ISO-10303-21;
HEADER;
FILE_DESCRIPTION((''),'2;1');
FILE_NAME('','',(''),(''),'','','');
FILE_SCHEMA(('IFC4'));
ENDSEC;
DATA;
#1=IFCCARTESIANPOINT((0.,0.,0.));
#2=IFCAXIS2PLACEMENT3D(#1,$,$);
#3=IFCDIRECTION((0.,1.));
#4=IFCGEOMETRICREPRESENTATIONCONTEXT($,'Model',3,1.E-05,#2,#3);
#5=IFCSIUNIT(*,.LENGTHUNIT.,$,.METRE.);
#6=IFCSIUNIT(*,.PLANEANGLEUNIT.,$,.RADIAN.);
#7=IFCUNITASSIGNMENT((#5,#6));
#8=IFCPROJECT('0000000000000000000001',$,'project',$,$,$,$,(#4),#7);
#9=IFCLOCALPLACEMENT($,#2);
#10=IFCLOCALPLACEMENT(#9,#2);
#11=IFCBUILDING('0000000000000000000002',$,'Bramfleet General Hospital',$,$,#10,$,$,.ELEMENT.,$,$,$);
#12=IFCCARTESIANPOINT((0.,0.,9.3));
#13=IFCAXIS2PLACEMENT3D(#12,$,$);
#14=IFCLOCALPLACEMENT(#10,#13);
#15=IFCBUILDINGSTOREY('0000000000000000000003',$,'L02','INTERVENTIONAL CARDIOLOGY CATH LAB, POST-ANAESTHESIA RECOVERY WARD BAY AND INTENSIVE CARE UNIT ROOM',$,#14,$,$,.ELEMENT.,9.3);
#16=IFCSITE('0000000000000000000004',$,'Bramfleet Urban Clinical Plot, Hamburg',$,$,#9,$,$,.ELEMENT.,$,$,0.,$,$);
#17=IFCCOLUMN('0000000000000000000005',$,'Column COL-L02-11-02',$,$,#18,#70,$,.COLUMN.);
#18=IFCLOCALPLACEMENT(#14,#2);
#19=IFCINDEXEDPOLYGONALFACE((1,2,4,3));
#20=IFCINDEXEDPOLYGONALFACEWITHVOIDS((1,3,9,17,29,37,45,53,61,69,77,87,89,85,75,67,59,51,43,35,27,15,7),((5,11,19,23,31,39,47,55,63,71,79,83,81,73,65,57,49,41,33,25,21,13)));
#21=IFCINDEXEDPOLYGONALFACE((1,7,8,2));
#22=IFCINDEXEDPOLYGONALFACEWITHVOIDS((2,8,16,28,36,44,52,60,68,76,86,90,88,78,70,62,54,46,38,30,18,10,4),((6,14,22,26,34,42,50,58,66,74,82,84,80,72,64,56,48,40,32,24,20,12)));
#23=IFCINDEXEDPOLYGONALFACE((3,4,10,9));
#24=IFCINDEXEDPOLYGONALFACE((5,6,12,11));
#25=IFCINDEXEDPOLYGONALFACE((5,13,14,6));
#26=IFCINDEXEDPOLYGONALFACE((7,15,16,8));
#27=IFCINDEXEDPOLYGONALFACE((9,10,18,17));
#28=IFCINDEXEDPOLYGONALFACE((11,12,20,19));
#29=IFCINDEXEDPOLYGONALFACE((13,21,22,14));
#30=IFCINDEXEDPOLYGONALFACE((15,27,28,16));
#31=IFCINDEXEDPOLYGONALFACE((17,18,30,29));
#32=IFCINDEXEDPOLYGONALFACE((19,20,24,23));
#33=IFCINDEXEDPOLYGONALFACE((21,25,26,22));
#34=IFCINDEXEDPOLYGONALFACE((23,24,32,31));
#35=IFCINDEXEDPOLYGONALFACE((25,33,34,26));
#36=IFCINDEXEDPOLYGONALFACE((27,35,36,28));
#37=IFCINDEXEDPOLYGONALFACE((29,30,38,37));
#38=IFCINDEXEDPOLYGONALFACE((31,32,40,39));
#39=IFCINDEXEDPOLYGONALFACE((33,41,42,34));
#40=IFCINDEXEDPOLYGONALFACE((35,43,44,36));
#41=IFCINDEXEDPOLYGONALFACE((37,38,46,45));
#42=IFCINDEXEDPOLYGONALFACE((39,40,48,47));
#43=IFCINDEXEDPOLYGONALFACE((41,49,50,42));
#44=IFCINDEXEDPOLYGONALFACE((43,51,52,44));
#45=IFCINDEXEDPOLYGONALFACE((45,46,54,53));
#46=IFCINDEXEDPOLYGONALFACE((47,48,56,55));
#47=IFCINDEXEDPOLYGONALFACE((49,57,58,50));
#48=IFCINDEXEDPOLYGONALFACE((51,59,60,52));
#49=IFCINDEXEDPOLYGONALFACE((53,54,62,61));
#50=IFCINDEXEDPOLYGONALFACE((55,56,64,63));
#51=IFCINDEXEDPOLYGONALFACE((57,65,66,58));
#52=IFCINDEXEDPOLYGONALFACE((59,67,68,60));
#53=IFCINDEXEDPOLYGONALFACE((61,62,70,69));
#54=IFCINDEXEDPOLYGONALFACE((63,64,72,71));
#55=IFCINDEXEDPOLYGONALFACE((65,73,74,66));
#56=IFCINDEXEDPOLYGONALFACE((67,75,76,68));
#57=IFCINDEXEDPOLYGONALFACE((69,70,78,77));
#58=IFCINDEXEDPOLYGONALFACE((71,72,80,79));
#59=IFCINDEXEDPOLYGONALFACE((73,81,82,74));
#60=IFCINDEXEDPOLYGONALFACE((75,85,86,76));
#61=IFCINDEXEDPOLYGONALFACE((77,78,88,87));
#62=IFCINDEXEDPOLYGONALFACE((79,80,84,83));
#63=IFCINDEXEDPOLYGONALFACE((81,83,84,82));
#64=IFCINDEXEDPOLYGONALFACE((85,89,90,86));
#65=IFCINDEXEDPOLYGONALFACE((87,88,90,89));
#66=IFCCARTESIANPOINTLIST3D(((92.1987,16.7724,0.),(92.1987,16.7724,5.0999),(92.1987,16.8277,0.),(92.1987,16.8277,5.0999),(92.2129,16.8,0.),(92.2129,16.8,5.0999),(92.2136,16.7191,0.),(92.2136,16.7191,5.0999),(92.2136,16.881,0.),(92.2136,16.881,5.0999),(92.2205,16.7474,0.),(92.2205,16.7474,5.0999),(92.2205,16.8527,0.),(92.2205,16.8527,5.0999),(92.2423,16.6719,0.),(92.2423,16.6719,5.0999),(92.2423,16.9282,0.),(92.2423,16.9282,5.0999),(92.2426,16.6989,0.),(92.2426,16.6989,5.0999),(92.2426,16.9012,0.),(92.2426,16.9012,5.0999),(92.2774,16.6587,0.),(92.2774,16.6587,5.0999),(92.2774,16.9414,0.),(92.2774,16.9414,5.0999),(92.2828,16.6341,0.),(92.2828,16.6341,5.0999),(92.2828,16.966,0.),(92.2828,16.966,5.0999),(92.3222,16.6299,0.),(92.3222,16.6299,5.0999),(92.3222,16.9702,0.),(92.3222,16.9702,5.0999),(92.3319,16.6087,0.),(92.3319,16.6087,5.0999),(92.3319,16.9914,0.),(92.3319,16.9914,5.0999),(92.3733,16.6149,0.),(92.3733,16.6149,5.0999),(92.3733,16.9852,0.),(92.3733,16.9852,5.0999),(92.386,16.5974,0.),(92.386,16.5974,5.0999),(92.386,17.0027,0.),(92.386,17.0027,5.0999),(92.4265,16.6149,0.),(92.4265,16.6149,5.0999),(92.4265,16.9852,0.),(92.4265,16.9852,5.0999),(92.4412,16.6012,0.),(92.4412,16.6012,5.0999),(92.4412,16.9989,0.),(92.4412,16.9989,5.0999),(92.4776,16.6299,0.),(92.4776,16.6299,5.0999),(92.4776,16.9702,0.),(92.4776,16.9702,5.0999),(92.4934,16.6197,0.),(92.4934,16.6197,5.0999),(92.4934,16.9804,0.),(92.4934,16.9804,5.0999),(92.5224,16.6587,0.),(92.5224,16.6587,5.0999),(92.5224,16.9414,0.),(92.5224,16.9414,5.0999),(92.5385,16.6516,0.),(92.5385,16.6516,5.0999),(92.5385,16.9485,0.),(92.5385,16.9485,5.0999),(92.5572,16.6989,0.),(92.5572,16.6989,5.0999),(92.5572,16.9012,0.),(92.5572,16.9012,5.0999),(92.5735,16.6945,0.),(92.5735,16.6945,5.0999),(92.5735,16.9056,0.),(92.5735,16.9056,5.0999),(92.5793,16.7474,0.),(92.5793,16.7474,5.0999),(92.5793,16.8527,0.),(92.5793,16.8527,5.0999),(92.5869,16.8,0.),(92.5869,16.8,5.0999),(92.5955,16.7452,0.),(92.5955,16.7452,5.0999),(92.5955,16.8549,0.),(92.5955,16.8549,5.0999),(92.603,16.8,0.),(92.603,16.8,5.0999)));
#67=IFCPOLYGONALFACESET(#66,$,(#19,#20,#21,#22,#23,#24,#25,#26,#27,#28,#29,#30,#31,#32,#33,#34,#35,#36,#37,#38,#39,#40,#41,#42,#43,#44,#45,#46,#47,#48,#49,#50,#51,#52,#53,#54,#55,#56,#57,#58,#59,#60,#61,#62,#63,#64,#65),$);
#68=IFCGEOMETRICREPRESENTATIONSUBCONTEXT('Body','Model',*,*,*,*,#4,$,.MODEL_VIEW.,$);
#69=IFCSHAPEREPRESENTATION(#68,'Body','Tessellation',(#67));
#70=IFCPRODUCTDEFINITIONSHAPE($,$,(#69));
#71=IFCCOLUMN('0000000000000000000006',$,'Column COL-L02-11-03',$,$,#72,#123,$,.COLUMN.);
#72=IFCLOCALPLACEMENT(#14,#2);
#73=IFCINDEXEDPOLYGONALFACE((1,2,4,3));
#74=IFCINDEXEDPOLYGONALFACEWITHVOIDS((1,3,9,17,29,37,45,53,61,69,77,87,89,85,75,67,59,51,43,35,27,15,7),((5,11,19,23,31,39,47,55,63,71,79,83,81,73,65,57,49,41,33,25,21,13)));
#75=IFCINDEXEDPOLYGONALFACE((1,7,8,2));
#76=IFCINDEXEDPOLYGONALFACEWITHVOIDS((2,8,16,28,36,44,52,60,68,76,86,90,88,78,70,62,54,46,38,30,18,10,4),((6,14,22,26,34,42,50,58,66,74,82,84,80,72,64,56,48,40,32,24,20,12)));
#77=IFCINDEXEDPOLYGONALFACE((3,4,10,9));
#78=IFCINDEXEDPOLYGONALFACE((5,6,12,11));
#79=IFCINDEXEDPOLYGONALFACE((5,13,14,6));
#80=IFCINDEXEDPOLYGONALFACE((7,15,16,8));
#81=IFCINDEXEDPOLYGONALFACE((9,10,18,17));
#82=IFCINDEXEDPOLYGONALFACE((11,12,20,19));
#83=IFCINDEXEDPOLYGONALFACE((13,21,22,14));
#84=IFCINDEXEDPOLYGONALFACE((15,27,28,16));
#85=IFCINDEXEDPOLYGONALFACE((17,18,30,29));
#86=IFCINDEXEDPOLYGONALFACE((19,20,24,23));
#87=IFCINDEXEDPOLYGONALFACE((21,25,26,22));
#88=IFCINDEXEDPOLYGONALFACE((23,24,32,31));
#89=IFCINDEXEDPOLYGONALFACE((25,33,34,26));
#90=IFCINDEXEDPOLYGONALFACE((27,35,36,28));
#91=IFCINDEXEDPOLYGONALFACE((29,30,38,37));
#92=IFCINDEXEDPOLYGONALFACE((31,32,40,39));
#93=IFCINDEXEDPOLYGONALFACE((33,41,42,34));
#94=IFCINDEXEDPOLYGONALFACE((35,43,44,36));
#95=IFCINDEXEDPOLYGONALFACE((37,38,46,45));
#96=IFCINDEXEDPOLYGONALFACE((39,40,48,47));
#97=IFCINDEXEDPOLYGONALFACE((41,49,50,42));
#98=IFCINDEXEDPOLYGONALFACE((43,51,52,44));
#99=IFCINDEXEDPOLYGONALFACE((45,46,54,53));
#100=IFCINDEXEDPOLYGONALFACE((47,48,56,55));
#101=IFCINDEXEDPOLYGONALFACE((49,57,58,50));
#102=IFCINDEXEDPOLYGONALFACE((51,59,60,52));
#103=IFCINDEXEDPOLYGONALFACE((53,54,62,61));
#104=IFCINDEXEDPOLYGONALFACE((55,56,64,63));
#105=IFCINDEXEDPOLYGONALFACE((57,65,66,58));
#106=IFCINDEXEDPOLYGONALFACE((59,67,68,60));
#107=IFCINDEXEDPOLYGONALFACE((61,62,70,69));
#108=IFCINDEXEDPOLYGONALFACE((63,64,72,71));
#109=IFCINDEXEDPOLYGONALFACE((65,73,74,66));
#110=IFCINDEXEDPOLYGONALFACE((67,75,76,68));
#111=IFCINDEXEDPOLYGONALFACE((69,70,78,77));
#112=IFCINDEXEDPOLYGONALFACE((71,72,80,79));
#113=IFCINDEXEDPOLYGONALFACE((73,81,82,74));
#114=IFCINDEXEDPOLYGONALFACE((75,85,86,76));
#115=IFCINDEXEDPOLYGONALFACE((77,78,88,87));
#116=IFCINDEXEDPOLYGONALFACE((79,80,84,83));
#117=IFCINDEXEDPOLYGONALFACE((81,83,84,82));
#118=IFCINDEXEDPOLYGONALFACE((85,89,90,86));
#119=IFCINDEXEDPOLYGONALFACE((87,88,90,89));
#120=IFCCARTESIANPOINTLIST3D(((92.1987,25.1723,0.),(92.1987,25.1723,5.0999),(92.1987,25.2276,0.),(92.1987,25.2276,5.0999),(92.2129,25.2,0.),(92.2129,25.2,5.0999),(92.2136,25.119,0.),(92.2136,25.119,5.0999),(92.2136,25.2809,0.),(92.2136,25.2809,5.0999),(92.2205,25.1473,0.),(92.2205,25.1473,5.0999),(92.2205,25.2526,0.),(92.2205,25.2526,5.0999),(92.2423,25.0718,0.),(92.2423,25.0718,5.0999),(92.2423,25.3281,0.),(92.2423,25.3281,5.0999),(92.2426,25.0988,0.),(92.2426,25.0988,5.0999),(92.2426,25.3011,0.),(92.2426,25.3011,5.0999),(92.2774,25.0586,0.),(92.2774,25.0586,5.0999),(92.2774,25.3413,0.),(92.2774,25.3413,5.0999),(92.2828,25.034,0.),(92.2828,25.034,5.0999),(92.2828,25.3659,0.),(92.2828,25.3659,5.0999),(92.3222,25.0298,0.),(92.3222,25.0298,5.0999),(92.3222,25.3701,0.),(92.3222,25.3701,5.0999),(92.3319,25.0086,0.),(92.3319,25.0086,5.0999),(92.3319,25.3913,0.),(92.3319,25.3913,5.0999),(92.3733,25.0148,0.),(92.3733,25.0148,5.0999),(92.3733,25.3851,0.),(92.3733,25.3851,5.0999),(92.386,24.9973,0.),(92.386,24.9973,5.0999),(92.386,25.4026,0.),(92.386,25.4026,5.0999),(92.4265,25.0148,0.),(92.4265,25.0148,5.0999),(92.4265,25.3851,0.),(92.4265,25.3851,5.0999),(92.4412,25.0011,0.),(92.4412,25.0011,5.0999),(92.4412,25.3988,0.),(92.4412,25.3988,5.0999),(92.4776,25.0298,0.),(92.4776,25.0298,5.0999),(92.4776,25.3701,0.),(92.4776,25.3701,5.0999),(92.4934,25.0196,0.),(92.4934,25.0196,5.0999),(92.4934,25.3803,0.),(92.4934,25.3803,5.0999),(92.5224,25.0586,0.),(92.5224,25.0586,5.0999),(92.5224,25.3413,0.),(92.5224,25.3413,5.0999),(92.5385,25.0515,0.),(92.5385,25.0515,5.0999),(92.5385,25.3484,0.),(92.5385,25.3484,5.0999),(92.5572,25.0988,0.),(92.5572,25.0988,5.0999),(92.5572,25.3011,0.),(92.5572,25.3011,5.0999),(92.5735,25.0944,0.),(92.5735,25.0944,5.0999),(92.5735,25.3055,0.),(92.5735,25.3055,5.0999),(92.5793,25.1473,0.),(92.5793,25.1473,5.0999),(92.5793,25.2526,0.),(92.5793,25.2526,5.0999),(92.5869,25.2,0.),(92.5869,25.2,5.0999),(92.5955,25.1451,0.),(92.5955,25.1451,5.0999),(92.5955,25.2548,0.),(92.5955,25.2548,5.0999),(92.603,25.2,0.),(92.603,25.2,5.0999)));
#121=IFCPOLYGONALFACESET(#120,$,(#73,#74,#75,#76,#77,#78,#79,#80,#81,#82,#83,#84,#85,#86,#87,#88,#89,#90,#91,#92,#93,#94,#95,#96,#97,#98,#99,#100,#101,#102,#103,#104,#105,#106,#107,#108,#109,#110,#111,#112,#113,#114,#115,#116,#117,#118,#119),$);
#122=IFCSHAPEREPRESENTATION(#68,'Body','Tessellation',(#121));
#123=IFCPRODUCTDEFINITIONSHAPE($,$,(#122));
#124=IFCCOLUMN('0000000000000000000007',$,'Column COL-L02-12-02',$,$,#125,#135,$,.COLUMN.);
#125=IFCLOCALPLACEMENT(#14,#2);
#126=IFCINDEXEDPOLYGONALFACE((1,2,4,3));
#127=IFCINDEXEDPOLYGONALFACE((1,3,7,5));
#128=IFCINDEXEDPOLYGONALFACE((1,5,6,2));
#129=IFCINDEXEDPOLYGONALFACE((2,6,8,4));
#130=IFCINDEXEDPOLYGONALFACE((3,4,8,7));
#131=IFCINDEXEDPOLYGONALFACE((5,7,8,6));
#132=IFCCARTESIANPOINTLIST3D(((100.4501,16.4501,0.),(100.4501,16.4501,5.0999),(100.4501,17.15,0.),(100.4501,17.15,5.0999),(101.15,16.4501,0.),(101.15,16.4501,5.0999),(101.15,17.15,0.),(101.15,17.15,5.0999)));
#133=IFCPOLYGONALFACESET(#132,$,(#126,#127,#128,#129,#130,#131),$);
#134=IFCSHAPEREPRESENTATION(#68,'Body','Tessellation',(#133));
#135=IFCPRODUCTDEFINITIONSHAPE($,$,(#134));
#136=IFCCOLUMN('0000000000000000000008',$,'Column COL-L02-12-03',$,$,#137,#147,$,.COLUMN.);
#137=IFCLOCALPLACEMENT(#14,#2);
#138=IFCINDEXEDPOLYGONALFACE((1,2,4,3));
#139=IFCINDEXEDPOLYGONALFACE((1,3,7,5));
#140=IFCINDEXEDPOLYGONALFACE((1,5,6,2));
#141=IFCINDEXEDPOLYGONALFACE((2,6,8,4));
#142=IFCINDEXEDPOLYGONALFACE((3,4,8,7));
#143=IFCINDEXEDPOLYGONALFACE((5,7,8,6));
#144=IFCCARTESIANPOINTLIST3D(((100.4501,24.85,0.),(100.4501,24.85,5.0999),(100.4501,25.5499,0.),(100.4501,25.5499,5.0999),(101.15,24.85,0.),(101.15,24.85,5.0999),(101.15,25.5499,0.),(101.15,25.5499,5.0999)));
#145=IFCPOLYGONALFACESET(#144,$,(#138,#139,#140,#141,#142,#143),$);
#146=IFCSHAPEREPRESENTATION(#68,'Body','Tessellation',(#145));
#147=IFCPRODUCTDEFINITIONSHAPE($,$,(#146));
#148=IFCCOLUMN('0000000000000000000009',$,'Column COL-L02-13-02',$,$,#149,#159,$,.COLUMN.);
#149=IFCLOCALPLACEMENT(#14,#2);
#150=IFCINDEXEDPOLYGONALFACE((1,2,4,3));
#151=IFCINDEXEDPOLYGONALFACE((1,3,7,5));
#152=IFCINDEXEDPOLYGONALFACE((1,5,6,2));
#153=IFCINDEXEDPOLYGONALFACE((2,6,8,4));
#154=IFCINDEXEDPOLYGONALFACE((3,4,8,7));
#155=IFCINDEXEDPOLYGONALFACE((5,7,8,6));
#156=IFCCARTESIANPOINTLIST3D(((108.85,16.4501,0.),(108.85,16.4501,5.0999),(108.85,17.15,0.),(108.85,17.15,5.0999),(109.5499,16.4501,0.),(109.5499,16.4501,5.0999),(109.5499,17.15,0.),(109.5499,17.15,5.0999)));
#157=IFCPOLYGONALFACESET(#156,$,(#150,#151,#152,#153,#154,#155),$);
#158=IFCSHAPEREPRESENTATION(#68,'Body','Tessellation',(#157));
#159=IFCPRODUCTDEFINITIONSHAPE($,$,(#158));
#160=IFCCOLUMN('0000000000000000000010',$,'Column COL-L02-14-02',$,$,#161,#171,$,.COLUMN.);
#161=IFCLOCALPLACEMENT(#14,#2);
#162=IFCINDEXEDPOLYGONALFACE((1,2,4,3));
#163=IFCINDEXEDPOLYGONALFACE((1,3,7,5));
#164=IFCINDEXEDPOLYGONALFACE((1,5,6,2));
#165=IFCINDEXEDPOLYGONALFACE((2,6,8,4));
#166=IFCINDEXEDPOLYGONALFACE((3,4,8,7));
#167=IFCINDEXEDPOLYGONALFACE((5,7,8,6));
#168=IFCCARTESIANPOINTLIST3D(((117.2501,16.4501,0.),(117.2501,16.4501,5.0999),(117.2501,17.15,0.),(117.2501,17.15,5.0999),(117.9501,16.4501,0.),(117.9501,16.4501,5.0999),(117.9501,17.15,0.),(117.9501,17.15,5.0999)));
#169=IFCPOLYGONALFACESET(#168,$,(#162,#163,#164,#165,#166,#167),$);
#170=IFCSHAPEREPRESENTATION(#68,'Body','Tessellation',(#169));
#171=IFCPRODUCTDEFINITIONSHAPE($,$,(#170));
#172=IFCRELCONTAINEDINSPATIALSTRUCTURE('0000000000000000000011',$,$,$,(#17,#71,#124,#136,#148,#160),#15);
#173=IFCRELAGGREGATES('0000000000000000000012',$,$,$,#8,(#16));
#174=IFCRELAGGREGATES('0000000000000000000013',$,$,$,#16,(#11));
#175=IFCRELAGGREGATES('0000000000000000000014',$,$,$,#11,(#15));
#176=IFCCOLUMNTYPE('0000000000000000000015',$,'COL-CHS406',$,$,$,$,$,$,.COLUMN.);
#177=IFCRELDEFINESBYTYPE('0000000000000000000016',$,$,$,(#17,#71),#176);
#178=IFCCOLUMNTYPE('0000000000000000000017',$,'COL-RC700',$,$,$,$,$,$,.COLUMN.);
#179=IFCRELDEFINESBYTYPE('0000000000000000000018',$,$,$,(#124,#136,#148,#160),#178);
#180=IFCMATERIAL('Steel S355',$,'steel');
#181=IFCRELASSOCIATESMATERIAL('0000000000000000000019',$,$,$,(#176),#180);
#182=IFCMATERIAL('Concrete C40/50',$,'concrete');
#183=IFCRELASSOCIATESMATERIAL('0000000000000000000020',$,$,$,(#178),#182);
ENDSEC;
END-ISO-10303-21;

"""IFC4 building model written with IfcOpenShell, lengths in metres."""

from ifc_helpers import new_model, si_unit, direction, frame, origin, origin_2d, place, context, subcontext, project, spatial, rectangle, hollow_circle, extrude, material, material_profile, profile_set, type_object, element, save


model = new_model("IFC4")

# Units and contexts
model_context = context("Model", 3, precision=1e-05, world=origin(), true_north=direction((0.0, 1.0)))
body_context = subcontext(model_context, "Body", "Model", "MODEL_VIEW")
ifc_project = project(units=[si_unit("LENGTHUNIT", "METRE"), si_unit("PLANEANGLEUNIT", "RADIAN")], contexts=[model_context])

# Site, building, storey
site_placement = place(None, origin())
site = spatial("IfcSite", under=ifc_project, at=site_placement, Name="Bramfleet Urban Clinical Plot, Hamburg", CompositionType="ELEMENT", RefElevation=0.0)
building_placement = place(site_placement, origin())
building = spatial("IfcBuilding", under=site, at=building_placement, Name="Bramfleet General Hospital", CompositionType="ELEMENT")
storey_placement = place(building_placement, frame((0.0, 0.0, 9.3)))
storey = spatial("IfcBuildingStorey", under=building, at=storey_placement, Name="L02", Description="INTERVENTIONAL CARDIOLOGY CATH LAB, POST-ANAESTHESIA RECOVERY WARD BAY AND INTENSIVE CARE UNIT ROOM", CompositionType="ELEMENT", Elevation=9.3)

# Columns
ifc_material_1 = material(Name="Steel S355", Category="steel")
ifc_material_profile_1 = material_profile(ifc_material_1, hollow_circle(Radius=0.2031, WallThickness=0.0161, at=origin_2d()), Name="CHS 406.4x16.0")
ifc_profile_set_1 = profile_set([ifc_material_profile_1], Name="Steel S355")
column_type_1 = type_object("IfcColumnType", Name="COL-CHS406", PredefinedType="COLUMN", material=ifc_profile_set_1)
for number, where, z_axis, x_axis, name in (
    (1, (92.3999, 16.8, 0.0), (0.0, 0.0, 1.0), (1.0, 0.0, 0.0), "Column COL-L02-11-02"),
    (2, (92.3999, 25.2, 0.0), (0.0, 0.0, 1.0), (1.0, 0.0, 0.0), "Column COL-L02-11-03"),
):
    element("IfcColumn", number, at=place(storey_placement, frame(where, z_axis=z_axis, x_axis=x_axis)), inside=storey, type_object=column_type_1, Name=name, PredefinedType="COLUMN", context=body_context, shape_type="SweptSolid", body=[
        extrude(hollow_circle(Radius=0.2031, WallThickness=0.0161, at=origin_2d()), origin(), (0.0, 0.0, 1.0), 5.0999),
    ])
ifc_material_2 = material(Name="Concrete C40/50", Category="concrete")
ifc_material_profile_2 = material_profile(ifc_material_2, rectangle(XDim=0.7, YDim=0.7, at=origin_2d()), Name="RC COL 700x700")
ifc_profile_set_2 = profile_set([ifc_material_profile_2], Name="Concrete C40/50")
column_type_2 = type_object("IfcColumnType", Name="COL-RC700", PredefinedType="COLUMN", material=ifc_profile_set_2)
for number, where, z_axis, x_axis, name in (
    (3, (100.8, 16.8, 0.0), (0.0, 0.0, 1.0), (1.0, 0.0, 0.0), "Column COL-L02-12-02"),
    (4, (100.8, 25.2, 0.0), (0.0, 0.0, 1.0), (1.0, 0.0, 0.0), "Column COL-L02-12-03"),
    (5, (109.2, 16.8, 0.0), (0.0, 0.0, 1.0), (1.0, 0.0, 0.0), "Column COL-L02-13-02"),
    (6, (117.6001, 16.8, 0.0), (0.0, 0.0, 1.0), (1.0, 0.0, 0.0), "Column COL-L02-14-02"),
):
    element("IfcColumn", number, at=place(storey_placement, frame(where, z_axis=z_axis, x_axis=x_axis)), inside=storey, type_object=column_type_2, Name=name, PredefinedType="COLUMN", context=body_context, shape_type="SweptSolid", body=[
        extrude(rectangle(XDim=0.7, YDim=0.7, at=origin_2d()), origin(), (0.0, 0.0, 1.0), 5.0999),
    ])

save(model, "model.ifc")
